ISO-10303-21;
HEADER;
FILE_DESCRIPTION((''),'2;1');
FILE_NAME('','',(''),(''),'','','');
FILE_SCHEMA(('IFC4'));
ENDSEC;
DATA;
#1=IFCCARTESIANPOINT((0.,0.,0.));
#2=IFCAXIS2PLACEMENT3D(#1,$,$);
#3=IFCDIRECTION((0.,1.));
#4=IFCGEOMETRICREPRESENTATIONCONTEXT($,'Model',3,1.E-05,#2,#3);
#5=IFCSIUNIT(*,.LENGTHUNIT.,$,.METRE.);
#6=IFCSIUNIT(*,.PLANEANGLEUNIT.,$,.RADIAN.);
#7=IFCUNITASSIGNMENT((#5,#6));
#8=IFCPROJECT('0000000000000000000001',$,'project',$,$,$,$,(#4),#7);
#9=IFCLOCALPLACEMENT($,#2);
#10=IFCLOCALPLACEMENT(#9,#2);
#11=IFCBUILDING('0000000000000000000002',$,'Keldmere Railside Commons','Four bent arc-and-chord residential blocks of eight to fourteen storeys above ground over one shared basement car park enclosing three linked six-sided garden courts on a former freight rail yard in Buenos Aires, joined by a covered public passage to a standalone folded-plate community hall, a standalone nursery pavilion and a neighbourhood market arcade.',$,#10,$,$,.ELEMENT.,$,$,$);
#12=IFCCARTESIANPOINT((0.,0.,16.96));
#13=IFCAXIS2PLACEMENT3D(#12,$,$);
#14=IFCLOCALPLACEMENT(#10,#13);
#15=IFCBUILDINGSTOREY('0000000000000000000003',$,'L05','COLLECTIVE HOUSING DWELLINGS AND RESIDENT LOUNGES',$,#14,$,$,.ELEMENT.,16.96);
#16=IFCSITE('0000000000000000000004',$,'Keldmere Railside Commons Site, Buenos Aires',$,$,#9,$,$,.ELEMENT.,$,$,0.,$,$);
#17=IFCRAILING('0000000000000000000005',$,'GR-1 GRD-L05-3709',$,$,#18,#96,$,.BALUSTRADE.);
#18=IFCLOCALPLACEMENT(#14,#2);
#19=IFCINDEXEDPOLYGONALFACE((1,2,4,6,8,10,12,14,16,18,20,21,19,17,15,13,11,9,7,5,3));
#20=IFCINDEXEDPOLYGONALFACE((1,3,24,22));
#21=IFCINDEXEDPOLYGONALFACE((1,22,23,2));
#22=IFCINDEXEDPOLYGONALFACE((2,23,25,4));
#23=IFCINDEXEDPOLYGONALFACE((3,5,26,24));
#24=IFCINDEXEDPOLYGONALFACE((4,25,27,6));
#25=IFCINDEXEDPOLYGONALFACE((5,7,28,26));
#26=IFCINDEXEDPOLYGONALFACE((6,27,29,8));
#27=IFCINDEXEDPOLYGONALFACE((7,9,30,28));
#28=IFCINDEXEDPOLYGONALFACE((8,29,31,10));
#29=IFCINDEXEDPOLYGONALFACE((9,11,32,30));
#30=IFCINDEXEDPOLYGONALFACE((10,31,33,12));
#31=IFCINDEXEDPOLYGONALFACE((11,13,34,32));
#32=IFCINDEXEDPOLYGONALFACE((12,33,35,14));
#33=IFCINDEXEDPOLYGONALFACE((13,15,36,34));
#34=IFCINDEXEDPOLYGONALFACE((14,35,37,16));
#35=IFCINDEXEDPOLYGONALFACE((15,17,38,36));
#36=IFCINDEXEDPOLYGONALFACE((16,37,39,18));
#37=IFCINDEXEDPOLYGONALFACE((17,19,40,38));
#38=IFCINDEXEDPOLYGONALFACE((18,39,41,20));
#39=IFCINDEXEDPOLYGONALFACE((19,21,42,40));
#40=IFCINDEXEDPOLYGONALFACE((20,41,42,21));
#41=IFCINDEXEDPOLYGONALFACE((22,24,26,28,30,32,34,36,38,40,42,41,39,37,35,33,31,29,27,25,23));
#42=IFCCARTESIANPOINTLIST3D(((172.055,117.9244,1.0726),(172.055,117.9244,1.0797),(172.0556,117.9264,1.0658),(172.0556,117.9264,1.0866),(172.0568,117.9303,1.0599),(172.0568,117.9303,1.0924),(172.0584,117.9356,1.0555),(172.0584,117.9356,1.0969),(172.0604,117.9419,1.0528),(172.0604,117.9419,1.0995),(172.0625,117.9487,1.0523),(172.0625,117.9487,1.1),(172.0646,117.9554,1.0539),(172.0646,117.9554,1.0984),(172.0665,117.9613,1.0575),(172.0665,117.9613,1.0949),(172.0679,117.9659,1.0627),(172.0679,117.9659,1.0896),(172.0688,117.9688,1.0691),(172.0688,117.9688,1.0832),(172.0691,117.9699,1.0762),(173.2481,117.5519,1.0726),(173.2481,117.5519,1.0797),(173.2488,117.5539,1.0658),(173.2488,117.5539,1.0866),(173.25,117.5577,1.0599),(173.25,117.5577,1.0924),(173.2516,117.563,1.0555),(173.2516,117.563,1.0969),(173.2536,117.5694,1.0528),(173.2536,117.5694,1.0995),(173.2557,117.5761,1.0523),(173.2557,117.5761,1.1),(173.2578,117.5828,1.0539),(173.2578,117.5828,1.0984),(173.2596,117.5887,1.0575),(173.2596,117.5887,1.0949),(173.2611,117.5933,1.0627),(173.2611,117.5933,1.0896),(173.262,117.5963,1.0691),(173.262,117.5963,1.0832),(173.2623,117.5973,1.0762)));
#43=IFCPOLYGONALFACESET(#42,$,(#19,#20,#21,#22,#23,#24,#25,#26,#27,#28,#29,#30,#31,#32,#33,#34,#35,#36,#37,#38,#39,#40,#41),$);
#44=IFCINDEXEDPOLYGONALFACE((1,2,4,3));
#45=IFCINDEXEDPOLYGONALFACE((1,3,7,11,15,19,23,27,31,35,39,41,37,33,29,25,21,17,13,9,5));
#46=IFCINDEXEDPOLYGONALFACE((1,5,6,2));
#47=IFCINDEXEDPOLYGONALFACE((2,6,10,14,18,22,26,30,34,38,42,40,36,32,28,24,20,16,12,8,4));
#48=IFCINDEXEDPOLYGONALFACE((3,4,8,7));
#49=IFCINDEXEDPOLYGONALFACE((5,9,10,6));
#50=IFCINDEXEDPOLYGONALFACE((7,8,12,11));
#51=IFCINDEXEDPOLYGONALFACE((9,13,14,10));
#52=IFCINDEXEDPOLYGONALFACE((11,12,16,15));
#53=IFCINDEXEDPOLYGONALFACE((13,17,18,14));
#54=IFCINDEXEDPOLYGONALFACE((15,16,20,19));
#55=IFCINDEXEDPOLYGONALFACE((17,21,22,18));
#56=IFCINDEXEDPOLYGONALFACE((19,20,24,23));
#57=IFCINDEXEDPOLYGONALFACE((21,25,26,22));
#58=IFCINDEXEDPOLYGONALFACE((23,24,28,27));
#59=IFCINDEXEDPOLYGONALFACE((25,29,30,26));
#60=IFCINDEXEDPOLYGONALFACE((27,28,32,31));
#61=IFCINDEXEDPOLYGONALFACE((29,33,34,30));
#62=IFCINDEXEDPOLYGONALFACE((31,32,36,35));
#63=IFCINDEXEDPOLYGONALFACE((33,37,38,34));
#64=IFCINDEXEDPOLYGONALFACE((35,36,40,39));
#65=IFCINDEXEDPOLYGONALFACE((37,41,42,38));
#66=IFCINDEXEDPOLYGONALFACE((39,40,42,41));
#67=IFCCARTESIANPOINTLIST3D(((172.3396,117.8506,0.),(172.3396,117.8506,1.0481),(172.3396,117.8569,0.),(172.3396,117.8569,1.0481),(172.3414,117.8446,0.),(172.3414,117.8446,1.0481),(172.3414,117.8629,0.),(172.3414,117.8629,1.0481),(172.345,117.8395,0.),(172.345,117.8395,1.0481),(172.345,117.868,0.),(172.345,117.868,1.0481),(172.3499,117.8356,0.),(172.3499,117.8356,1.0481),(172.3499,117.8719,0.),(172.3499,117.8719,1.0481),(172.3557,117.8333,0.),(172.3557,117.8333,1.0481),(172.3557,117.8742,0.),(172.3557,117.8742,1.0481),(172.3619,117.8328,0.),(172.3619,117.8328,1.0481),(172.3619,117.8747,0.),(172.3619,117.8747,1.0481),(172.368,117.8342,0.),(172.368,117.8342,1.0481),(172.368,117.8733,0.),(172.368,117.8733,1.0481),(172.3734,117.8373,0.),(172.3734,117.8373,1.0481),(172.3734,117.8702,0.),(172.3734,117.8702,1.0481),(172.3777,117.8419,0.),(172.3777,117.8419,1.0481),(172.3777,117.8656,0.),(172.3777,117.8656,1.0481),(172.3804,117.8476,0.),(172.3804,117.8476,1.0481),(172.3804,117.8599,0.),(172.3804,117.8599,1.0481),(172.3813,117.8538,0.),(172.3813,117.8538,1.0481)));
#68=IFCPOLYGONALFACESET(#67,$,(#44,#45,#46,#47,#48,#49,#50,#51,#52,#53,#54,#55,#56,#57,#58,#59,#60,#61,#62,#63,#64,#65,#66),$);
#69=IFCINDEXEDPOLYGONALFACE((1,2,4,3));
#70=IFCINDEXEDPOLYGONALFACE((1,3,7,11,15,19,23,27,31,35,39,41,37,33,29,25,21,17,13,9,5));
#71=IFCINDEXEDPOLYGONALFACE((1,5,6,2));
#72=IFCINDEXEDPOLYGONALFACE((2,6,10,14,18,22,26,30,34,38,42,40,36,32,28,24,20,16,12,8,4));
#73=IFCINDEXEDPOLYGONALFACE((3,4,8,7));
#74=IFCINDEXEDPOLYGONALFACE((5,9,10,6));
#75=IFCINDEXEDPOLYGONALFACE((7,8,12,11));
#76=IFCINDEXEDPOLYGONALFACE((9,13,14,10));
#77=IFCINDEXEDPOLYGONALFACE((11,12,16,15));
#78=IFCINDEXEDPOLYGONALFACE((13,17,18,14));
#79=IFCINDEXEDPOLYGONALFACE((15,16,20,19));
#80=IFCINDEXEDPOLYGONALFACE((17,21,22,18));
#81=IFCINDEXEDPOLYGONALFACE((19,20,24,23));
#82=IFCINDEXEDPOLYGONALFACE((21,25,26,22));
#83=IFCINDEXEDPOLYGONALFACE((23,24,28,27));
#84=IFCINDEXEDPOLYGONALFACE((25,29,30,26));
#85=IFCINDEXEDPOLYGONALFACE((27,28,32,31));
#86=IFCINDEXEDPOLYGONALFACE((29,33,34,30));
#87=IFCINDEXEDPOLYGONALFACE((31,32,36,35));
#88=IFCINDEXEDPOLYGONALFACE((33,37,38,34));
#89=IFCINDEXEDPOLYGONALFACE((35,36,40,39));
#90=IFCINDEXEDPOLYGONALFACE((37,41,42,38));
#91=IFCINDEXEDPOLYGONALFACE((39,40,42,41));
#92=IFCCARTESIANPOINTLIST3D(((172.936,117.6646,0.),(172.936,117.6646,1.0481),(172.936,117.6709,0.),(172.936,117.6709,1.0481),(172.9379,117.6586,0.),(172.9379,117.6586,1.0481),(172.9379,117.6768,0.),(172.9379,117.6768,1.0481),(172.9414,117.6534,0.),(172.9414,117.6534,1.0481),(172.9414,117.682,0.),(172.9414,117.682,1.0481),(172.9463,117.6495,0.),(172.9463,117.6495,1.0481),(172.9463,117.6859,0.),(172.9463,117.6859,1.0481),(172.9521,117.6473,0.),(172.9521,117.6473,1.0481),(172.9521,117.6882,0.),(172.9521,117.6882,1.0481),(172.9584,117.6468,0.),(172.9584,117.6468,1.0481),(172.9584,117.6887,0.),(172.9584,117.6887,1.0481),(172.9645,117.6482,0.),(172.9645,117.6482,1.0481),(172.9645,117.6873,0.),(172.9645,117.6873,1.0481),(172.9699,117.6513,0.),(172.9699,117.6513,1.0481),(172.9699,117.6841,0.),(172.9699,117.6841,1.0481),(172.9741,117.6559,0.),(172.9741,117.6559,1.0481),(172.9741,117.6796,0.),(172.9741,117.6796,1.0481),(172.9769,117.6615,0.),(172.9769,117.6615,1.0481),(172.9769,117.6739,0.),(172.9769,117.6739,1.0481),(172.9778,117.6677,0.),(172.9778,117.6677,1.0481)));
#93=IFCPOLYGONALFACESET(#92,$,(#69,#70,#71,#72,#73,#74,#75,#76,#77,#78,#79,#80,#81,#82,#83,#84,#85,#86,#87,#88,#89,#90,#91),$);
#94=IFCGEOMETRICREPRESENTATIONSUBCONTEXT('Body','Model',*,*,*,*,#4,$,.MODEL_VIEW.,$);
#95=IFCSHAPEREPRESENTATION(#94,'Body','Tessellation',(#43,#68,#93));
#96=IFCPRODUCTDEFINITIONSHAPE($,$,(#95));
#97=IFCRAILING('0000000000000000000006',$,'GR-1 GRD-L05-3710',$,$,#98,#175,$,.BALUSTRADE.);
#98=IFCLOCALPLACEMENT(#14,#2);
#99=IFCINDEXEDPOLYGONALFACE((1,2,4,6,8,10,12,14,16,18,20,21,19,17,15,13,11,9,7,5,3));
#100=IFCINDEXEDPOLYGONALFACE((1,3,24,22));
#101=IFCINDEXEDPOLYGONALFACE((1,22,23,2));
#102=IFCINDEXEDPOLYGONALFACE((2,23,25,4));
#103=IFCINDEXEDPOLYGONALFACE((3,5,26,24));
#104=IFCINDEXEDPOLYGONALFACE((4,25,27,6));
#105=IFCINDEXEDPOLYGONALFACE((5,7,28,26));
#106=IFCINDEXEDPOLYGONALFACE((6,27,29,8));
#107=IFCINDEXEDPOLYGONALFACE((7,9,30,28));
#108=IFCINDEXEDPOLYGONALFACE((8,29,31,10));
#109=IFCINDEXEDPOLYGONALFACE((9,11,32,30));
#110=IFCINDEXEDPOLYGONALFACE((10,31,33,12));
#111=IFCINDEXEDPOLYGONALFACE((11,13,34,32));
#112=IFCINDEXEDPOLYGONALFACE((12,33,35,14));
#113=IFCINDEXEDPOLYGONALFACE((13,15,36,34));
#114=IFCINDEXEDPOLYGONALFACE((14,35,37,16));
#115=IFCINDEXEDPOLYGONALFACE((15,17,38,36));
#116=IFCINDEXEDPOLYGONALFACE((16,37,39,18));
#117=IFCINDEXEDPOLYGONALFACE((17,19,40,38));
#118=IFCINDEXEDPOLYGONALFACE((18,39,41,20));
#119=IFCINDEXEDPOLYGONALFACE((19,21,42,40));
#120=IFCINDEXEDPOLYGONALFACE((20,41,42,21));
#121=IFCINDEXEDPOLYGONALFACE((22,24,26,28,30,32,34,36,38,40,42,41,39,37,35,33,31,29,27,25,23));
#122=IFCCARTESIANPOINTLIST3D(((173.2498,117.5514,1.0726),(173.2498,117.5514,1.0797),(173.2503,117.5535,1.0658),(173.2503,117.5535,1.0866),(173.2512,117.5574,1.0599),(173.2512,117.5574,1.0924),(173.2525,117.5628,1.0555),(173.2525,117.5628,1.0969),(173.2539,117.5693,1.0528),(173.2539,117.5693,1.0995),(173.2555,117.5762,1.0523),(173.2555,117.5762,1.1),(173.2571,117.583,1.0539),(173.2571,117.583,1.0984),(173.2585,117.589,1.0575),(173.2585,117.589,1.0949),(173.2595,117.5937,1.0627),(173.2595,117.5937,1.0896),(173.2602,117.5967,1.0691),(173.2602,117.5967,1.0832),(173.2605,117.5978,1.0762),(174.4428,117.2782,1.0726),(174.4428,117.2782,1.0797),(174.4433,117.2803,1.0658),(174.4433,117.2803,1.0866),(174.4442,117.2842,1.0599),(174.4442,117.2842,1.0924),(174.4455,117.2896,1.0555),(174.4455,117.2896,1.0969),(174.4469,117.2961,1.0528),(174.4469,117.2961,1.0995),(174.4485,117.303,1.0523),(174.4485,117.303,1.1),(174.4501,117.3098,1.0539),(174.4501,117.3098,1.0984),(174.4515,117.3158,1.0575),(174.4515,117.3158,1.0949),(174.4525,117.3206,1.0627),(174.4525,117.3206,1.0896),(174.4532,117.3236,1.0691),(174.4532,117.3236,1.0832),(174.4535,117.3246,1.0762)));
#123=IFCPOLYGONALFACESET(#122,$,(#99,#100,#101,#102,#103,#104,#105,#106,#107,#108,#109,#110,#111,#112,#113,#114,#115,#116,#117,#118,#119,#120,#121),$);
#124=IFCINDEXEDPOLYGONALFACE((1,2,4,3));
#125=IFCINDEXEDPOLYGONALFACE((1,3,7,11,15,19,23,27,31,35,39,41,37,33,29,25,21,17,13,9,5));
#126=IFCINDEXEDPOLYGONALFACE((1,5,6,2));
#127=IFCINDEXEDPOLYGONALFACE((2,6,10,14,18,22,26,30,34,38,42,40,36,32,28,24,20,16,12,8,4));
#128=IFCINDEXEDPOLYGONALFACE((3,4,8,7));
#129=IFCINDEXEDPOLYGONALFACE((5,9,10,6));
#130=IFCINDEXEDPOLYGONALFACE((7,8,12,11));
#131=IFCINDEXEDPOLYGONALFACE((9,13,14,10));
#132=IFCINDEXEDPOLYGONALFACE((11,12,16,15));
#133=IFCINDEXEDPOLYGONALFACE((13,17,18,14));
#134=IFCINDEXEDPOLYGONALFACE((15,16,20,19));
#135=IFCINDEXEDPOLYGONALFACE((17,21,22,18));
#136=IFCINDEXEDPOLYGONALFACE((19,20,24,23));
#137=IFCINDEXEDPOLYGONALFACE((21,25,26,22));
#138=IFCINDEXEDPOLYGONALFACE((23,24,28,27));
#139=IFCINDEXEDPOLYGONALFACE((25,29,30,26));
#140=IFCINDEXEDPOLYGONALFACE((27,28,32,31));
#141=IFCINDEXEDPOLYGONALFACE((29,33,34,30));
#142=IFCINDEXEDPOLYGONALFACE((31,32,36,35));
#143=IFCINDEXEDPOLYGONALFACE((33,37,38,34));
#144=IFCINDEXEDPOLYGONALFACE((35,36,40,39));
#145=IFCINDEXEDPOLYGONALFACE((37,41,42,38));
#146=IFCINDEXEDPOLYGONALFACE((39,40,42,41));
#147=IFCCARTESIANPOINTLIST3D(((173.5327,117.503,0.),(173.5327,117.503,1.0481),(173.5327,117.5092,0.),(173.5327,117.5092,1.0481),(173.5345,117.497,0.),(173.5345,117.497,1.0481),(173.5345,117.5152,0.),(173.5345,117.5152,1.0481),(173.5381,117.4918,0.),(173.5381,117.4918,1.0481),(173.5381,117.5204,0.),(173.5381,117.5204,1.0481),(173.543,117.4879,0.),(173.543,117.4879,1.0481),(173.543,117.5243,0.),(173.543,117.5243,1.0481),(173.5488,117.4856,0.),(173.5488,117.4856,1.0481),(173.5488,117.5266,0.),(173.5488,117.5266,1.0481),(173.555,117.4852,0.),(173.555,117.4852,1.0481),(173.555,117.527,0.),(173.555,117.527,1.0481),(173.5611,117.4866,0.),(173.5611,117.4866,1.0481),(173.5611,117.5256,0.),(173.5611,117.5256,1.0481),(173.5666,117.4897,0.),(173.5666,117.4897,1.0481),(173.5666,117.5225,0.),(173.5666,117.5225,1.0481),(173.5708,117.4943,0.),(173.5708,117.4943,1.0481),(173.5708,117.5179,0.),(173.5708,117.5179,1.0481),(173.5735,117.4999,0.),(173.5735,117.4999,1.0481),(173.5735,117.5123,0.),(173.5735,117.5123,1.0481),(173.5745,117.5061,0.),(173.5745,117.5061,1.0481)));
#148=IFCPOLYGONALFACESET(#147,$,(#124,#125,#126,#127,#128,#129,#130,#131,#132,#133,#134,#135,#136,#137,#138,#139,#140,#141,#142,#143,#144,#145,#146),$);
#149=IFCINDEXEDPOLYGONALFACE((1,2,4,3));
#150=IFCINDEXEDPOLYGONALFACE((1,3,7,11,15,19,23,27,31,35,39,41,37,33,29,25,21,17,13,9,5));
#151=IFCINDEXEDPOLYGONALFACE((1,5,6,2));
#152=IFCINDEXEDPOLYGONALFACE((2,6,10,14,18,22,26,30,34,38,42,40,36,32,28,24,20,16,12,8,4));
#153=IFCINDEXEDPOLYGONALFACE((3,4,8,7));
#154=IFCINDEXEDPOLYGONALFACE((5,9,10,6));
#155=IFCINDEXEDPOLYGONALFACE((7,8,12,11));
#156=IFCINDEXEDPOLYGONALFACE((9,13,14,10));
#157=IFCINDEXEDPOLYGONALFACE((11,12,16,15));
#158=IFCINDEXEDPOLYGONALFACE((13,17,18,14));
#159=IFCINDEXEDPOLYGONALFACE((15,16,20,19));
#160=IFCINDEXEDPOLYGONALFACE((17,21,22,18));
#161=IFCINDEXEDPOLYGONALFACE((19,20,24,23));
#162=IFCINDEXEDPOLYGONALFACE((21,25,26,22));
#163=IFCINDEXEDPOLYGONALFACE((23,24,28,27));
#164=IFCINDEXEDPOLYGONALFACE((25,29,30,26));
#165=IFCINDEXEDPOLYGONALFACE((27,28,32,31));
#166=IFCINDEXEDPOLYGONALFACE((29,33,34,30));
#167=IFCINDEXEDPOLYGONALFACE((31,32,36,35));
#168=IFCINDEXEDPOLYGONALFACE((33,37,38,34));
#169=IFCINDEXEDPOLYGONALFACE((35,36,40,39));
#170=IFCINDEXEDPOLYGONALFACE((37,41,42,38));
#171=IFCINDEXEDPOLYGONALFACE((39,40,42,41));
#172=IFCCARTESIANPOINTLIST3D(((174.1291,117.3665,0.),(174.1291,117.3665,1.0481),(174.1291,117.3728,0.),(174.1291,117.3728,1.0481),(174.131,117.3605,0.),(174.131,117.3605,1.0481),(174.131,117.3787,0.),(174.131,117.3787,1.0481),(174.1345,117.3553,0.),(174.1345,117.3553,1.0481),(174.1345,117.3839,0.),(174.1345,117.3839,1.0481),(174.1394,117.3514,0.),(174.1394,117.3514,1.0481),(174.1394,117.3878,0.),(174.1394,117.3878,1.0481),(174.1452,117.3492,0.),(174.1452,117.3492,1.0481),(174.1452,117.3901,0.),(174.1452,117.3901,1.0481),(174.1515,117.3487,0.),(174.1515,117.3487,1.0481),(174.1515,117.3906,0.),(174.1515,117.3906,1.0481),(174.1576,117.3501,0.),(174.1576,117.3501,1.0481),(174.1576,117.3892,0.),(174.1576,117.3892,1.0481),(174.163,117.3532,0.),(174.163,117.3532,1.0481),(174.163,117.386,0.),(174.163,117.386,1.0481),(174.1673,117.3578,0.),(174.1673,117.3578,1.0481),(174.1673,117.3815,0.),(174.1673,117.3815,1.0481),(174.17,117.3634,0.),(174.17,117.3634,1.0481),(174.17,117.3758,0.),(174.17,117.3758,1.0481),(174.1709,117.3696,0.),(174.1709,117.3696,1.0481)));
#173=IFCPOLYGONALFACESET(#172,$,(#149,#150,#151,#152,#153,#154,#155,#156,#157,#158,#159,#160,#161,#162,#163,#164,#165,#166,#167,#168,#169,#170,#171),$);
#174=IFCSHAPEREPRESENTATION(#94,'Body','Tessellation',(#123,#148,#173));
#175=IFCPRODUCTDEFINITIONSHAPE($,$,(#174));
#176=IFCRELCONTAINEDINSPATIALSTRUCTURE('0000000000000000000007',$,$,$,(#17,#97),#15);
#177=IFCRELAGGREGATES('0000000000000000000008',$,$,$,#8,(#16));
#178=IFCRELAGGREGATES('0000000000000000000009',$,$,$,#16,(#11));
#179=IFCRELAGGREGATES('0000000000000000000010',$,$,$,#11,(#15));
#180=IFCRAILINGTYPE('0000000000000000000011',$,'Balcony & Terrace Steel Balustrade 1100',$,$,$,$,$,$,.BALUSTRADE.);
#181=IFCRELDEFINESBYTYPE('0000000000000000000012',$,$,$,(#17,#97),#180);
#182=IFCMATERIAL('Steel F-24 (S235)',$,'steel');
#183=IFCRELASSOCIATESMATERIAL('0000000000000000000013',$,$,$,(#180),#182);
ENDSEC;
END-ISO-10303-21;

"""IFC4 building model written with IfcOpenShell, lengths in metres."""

from ifc_helpers import new_model, si_unit, direction, frame, origin, origin_2d, place, context, subcontext, project, spatial, circle, extrude, material, type_object, element, save


model = new_model("IFC4")

# Units and contexts
model_context = context("Model", 3, precision=1e-05, world=origin(), true_north=direction((0.0, 1.0)))
body_context = subcontext(model_context, "Body", "Model", "MODEL_VIEW")
ifc_project = project(units=[si_unit("LENGTHUNIT", "METRE"), si_unit("PLANEANGLEUNIT", "RADIAN")], contexts=[model_context])

# Site, building, storey
site_placement = place(None, origin())
site = spatial("IfcSite", under=ifc_project, at=site_placement, Name="Keldmere Railside Commons Site, Buenos Aires", CompositionType="ELEMENT", RefElevation=0.0)
building_placement = place(site_placement, origin())
building = spatial("IfcBuilding", under=site, at=building_placement, Name="Keldmere Railside Commons", Description="Four bent arc-and-chord residential blocks of eight to fourteen storeys above ground over one shared basement car park enclosing three linked six-sided garden courts on a former freight rail yard in Buenos Aires, joined by a covered public passage to a standalone folded-plate community hall, a standalone nursery pavilion and a neighbourhood market arcade.", CompositionType="ELEMENT")
storey_placement = place(building_placement, frame((0.0, 0.0, 16.96)))
storey = spatial("IfcBuildingStorey", under=building, at=storey_placement, Name="L05", Description="COLLECTIVE HOUSING DWELLINGS AND RESIDENT LOUNGES", CompositionType="ELEMENT", Elevation=16.96)

# Railings
ifc_material_1 = material(Name="Steel F-24 (S235)", Category="steel")
railing_type = type_object("IfcRailingType", Name="Balcony & Terrace Steel Balustrade 1100", PredefinedType="BALUSTRADE", material=ifc_material_1)
railing_1_placement = place(storey_placement, frame((172.062, 117.947, 0.0)))
element("IfcRailing", 1, at=railing_1_placement, inside=storey, type_object=railing_type, Name="GR-1 GRD-L05-3709", PredefinedType="BALUSTRADE", context=body_context, shape_type="SweptSolid", body=[
    extrude(circle(Radius=0.0239, at=origin_2d()), frame((0.0, 0.0, 1.0762), z_axis=(0.954546, -0.298064, 0.0), x_axis=(0.298064, 0.954546, 0.0)), (0.0, 0.0, 1.0), 1.25),
    extrude(circle(Radius=0.021, at=origin_2d()), frame((0.2983, -0.0933, 0.0)), (0.0, 0.0, 1.0), 1.0481),
    extrude(circle(Radius=0.021, at=origin_2d()), frame((0.8948, -0.2793, 0.0)), (0.0, 0.0, 1.0), 1.0481),
])
railing_2_placement = place(storey_placement, frame((173.2551, 117.5745, 0.0)))
element("IfcRailing", 2, at=railing_2_placement, inside=storey, type_object=railing_type, Name="GR-1 GRD-L05-3710", PredefinedType="BALUSTRADE", context=body_context, shape_type="SweptSolid", body=[
    extrude(circle(Radius=0.0239, at=origin_2d()), frame((0.0, 0.0, 1.0762), z_axis=(0.974773, -0.223198, 0.0), x_axis=(0.223198, 0.974773, 0.0)), (0.0, 0.0, 1.0), 1.2239),
    extrude(circle(Radius=0.021, at=origin_2d()), frame((0.2983, -0.0684, 0.0)), (0.0, 0.0, 1.0), 1.0481),
    extrude(circle(Radius=0.021, at=origin_2d()), frame((0.8948, -0.2048, 0.0)), (0.0, 0.0, 1.0), 1.0481),
])

save(model, "model.ifc")
